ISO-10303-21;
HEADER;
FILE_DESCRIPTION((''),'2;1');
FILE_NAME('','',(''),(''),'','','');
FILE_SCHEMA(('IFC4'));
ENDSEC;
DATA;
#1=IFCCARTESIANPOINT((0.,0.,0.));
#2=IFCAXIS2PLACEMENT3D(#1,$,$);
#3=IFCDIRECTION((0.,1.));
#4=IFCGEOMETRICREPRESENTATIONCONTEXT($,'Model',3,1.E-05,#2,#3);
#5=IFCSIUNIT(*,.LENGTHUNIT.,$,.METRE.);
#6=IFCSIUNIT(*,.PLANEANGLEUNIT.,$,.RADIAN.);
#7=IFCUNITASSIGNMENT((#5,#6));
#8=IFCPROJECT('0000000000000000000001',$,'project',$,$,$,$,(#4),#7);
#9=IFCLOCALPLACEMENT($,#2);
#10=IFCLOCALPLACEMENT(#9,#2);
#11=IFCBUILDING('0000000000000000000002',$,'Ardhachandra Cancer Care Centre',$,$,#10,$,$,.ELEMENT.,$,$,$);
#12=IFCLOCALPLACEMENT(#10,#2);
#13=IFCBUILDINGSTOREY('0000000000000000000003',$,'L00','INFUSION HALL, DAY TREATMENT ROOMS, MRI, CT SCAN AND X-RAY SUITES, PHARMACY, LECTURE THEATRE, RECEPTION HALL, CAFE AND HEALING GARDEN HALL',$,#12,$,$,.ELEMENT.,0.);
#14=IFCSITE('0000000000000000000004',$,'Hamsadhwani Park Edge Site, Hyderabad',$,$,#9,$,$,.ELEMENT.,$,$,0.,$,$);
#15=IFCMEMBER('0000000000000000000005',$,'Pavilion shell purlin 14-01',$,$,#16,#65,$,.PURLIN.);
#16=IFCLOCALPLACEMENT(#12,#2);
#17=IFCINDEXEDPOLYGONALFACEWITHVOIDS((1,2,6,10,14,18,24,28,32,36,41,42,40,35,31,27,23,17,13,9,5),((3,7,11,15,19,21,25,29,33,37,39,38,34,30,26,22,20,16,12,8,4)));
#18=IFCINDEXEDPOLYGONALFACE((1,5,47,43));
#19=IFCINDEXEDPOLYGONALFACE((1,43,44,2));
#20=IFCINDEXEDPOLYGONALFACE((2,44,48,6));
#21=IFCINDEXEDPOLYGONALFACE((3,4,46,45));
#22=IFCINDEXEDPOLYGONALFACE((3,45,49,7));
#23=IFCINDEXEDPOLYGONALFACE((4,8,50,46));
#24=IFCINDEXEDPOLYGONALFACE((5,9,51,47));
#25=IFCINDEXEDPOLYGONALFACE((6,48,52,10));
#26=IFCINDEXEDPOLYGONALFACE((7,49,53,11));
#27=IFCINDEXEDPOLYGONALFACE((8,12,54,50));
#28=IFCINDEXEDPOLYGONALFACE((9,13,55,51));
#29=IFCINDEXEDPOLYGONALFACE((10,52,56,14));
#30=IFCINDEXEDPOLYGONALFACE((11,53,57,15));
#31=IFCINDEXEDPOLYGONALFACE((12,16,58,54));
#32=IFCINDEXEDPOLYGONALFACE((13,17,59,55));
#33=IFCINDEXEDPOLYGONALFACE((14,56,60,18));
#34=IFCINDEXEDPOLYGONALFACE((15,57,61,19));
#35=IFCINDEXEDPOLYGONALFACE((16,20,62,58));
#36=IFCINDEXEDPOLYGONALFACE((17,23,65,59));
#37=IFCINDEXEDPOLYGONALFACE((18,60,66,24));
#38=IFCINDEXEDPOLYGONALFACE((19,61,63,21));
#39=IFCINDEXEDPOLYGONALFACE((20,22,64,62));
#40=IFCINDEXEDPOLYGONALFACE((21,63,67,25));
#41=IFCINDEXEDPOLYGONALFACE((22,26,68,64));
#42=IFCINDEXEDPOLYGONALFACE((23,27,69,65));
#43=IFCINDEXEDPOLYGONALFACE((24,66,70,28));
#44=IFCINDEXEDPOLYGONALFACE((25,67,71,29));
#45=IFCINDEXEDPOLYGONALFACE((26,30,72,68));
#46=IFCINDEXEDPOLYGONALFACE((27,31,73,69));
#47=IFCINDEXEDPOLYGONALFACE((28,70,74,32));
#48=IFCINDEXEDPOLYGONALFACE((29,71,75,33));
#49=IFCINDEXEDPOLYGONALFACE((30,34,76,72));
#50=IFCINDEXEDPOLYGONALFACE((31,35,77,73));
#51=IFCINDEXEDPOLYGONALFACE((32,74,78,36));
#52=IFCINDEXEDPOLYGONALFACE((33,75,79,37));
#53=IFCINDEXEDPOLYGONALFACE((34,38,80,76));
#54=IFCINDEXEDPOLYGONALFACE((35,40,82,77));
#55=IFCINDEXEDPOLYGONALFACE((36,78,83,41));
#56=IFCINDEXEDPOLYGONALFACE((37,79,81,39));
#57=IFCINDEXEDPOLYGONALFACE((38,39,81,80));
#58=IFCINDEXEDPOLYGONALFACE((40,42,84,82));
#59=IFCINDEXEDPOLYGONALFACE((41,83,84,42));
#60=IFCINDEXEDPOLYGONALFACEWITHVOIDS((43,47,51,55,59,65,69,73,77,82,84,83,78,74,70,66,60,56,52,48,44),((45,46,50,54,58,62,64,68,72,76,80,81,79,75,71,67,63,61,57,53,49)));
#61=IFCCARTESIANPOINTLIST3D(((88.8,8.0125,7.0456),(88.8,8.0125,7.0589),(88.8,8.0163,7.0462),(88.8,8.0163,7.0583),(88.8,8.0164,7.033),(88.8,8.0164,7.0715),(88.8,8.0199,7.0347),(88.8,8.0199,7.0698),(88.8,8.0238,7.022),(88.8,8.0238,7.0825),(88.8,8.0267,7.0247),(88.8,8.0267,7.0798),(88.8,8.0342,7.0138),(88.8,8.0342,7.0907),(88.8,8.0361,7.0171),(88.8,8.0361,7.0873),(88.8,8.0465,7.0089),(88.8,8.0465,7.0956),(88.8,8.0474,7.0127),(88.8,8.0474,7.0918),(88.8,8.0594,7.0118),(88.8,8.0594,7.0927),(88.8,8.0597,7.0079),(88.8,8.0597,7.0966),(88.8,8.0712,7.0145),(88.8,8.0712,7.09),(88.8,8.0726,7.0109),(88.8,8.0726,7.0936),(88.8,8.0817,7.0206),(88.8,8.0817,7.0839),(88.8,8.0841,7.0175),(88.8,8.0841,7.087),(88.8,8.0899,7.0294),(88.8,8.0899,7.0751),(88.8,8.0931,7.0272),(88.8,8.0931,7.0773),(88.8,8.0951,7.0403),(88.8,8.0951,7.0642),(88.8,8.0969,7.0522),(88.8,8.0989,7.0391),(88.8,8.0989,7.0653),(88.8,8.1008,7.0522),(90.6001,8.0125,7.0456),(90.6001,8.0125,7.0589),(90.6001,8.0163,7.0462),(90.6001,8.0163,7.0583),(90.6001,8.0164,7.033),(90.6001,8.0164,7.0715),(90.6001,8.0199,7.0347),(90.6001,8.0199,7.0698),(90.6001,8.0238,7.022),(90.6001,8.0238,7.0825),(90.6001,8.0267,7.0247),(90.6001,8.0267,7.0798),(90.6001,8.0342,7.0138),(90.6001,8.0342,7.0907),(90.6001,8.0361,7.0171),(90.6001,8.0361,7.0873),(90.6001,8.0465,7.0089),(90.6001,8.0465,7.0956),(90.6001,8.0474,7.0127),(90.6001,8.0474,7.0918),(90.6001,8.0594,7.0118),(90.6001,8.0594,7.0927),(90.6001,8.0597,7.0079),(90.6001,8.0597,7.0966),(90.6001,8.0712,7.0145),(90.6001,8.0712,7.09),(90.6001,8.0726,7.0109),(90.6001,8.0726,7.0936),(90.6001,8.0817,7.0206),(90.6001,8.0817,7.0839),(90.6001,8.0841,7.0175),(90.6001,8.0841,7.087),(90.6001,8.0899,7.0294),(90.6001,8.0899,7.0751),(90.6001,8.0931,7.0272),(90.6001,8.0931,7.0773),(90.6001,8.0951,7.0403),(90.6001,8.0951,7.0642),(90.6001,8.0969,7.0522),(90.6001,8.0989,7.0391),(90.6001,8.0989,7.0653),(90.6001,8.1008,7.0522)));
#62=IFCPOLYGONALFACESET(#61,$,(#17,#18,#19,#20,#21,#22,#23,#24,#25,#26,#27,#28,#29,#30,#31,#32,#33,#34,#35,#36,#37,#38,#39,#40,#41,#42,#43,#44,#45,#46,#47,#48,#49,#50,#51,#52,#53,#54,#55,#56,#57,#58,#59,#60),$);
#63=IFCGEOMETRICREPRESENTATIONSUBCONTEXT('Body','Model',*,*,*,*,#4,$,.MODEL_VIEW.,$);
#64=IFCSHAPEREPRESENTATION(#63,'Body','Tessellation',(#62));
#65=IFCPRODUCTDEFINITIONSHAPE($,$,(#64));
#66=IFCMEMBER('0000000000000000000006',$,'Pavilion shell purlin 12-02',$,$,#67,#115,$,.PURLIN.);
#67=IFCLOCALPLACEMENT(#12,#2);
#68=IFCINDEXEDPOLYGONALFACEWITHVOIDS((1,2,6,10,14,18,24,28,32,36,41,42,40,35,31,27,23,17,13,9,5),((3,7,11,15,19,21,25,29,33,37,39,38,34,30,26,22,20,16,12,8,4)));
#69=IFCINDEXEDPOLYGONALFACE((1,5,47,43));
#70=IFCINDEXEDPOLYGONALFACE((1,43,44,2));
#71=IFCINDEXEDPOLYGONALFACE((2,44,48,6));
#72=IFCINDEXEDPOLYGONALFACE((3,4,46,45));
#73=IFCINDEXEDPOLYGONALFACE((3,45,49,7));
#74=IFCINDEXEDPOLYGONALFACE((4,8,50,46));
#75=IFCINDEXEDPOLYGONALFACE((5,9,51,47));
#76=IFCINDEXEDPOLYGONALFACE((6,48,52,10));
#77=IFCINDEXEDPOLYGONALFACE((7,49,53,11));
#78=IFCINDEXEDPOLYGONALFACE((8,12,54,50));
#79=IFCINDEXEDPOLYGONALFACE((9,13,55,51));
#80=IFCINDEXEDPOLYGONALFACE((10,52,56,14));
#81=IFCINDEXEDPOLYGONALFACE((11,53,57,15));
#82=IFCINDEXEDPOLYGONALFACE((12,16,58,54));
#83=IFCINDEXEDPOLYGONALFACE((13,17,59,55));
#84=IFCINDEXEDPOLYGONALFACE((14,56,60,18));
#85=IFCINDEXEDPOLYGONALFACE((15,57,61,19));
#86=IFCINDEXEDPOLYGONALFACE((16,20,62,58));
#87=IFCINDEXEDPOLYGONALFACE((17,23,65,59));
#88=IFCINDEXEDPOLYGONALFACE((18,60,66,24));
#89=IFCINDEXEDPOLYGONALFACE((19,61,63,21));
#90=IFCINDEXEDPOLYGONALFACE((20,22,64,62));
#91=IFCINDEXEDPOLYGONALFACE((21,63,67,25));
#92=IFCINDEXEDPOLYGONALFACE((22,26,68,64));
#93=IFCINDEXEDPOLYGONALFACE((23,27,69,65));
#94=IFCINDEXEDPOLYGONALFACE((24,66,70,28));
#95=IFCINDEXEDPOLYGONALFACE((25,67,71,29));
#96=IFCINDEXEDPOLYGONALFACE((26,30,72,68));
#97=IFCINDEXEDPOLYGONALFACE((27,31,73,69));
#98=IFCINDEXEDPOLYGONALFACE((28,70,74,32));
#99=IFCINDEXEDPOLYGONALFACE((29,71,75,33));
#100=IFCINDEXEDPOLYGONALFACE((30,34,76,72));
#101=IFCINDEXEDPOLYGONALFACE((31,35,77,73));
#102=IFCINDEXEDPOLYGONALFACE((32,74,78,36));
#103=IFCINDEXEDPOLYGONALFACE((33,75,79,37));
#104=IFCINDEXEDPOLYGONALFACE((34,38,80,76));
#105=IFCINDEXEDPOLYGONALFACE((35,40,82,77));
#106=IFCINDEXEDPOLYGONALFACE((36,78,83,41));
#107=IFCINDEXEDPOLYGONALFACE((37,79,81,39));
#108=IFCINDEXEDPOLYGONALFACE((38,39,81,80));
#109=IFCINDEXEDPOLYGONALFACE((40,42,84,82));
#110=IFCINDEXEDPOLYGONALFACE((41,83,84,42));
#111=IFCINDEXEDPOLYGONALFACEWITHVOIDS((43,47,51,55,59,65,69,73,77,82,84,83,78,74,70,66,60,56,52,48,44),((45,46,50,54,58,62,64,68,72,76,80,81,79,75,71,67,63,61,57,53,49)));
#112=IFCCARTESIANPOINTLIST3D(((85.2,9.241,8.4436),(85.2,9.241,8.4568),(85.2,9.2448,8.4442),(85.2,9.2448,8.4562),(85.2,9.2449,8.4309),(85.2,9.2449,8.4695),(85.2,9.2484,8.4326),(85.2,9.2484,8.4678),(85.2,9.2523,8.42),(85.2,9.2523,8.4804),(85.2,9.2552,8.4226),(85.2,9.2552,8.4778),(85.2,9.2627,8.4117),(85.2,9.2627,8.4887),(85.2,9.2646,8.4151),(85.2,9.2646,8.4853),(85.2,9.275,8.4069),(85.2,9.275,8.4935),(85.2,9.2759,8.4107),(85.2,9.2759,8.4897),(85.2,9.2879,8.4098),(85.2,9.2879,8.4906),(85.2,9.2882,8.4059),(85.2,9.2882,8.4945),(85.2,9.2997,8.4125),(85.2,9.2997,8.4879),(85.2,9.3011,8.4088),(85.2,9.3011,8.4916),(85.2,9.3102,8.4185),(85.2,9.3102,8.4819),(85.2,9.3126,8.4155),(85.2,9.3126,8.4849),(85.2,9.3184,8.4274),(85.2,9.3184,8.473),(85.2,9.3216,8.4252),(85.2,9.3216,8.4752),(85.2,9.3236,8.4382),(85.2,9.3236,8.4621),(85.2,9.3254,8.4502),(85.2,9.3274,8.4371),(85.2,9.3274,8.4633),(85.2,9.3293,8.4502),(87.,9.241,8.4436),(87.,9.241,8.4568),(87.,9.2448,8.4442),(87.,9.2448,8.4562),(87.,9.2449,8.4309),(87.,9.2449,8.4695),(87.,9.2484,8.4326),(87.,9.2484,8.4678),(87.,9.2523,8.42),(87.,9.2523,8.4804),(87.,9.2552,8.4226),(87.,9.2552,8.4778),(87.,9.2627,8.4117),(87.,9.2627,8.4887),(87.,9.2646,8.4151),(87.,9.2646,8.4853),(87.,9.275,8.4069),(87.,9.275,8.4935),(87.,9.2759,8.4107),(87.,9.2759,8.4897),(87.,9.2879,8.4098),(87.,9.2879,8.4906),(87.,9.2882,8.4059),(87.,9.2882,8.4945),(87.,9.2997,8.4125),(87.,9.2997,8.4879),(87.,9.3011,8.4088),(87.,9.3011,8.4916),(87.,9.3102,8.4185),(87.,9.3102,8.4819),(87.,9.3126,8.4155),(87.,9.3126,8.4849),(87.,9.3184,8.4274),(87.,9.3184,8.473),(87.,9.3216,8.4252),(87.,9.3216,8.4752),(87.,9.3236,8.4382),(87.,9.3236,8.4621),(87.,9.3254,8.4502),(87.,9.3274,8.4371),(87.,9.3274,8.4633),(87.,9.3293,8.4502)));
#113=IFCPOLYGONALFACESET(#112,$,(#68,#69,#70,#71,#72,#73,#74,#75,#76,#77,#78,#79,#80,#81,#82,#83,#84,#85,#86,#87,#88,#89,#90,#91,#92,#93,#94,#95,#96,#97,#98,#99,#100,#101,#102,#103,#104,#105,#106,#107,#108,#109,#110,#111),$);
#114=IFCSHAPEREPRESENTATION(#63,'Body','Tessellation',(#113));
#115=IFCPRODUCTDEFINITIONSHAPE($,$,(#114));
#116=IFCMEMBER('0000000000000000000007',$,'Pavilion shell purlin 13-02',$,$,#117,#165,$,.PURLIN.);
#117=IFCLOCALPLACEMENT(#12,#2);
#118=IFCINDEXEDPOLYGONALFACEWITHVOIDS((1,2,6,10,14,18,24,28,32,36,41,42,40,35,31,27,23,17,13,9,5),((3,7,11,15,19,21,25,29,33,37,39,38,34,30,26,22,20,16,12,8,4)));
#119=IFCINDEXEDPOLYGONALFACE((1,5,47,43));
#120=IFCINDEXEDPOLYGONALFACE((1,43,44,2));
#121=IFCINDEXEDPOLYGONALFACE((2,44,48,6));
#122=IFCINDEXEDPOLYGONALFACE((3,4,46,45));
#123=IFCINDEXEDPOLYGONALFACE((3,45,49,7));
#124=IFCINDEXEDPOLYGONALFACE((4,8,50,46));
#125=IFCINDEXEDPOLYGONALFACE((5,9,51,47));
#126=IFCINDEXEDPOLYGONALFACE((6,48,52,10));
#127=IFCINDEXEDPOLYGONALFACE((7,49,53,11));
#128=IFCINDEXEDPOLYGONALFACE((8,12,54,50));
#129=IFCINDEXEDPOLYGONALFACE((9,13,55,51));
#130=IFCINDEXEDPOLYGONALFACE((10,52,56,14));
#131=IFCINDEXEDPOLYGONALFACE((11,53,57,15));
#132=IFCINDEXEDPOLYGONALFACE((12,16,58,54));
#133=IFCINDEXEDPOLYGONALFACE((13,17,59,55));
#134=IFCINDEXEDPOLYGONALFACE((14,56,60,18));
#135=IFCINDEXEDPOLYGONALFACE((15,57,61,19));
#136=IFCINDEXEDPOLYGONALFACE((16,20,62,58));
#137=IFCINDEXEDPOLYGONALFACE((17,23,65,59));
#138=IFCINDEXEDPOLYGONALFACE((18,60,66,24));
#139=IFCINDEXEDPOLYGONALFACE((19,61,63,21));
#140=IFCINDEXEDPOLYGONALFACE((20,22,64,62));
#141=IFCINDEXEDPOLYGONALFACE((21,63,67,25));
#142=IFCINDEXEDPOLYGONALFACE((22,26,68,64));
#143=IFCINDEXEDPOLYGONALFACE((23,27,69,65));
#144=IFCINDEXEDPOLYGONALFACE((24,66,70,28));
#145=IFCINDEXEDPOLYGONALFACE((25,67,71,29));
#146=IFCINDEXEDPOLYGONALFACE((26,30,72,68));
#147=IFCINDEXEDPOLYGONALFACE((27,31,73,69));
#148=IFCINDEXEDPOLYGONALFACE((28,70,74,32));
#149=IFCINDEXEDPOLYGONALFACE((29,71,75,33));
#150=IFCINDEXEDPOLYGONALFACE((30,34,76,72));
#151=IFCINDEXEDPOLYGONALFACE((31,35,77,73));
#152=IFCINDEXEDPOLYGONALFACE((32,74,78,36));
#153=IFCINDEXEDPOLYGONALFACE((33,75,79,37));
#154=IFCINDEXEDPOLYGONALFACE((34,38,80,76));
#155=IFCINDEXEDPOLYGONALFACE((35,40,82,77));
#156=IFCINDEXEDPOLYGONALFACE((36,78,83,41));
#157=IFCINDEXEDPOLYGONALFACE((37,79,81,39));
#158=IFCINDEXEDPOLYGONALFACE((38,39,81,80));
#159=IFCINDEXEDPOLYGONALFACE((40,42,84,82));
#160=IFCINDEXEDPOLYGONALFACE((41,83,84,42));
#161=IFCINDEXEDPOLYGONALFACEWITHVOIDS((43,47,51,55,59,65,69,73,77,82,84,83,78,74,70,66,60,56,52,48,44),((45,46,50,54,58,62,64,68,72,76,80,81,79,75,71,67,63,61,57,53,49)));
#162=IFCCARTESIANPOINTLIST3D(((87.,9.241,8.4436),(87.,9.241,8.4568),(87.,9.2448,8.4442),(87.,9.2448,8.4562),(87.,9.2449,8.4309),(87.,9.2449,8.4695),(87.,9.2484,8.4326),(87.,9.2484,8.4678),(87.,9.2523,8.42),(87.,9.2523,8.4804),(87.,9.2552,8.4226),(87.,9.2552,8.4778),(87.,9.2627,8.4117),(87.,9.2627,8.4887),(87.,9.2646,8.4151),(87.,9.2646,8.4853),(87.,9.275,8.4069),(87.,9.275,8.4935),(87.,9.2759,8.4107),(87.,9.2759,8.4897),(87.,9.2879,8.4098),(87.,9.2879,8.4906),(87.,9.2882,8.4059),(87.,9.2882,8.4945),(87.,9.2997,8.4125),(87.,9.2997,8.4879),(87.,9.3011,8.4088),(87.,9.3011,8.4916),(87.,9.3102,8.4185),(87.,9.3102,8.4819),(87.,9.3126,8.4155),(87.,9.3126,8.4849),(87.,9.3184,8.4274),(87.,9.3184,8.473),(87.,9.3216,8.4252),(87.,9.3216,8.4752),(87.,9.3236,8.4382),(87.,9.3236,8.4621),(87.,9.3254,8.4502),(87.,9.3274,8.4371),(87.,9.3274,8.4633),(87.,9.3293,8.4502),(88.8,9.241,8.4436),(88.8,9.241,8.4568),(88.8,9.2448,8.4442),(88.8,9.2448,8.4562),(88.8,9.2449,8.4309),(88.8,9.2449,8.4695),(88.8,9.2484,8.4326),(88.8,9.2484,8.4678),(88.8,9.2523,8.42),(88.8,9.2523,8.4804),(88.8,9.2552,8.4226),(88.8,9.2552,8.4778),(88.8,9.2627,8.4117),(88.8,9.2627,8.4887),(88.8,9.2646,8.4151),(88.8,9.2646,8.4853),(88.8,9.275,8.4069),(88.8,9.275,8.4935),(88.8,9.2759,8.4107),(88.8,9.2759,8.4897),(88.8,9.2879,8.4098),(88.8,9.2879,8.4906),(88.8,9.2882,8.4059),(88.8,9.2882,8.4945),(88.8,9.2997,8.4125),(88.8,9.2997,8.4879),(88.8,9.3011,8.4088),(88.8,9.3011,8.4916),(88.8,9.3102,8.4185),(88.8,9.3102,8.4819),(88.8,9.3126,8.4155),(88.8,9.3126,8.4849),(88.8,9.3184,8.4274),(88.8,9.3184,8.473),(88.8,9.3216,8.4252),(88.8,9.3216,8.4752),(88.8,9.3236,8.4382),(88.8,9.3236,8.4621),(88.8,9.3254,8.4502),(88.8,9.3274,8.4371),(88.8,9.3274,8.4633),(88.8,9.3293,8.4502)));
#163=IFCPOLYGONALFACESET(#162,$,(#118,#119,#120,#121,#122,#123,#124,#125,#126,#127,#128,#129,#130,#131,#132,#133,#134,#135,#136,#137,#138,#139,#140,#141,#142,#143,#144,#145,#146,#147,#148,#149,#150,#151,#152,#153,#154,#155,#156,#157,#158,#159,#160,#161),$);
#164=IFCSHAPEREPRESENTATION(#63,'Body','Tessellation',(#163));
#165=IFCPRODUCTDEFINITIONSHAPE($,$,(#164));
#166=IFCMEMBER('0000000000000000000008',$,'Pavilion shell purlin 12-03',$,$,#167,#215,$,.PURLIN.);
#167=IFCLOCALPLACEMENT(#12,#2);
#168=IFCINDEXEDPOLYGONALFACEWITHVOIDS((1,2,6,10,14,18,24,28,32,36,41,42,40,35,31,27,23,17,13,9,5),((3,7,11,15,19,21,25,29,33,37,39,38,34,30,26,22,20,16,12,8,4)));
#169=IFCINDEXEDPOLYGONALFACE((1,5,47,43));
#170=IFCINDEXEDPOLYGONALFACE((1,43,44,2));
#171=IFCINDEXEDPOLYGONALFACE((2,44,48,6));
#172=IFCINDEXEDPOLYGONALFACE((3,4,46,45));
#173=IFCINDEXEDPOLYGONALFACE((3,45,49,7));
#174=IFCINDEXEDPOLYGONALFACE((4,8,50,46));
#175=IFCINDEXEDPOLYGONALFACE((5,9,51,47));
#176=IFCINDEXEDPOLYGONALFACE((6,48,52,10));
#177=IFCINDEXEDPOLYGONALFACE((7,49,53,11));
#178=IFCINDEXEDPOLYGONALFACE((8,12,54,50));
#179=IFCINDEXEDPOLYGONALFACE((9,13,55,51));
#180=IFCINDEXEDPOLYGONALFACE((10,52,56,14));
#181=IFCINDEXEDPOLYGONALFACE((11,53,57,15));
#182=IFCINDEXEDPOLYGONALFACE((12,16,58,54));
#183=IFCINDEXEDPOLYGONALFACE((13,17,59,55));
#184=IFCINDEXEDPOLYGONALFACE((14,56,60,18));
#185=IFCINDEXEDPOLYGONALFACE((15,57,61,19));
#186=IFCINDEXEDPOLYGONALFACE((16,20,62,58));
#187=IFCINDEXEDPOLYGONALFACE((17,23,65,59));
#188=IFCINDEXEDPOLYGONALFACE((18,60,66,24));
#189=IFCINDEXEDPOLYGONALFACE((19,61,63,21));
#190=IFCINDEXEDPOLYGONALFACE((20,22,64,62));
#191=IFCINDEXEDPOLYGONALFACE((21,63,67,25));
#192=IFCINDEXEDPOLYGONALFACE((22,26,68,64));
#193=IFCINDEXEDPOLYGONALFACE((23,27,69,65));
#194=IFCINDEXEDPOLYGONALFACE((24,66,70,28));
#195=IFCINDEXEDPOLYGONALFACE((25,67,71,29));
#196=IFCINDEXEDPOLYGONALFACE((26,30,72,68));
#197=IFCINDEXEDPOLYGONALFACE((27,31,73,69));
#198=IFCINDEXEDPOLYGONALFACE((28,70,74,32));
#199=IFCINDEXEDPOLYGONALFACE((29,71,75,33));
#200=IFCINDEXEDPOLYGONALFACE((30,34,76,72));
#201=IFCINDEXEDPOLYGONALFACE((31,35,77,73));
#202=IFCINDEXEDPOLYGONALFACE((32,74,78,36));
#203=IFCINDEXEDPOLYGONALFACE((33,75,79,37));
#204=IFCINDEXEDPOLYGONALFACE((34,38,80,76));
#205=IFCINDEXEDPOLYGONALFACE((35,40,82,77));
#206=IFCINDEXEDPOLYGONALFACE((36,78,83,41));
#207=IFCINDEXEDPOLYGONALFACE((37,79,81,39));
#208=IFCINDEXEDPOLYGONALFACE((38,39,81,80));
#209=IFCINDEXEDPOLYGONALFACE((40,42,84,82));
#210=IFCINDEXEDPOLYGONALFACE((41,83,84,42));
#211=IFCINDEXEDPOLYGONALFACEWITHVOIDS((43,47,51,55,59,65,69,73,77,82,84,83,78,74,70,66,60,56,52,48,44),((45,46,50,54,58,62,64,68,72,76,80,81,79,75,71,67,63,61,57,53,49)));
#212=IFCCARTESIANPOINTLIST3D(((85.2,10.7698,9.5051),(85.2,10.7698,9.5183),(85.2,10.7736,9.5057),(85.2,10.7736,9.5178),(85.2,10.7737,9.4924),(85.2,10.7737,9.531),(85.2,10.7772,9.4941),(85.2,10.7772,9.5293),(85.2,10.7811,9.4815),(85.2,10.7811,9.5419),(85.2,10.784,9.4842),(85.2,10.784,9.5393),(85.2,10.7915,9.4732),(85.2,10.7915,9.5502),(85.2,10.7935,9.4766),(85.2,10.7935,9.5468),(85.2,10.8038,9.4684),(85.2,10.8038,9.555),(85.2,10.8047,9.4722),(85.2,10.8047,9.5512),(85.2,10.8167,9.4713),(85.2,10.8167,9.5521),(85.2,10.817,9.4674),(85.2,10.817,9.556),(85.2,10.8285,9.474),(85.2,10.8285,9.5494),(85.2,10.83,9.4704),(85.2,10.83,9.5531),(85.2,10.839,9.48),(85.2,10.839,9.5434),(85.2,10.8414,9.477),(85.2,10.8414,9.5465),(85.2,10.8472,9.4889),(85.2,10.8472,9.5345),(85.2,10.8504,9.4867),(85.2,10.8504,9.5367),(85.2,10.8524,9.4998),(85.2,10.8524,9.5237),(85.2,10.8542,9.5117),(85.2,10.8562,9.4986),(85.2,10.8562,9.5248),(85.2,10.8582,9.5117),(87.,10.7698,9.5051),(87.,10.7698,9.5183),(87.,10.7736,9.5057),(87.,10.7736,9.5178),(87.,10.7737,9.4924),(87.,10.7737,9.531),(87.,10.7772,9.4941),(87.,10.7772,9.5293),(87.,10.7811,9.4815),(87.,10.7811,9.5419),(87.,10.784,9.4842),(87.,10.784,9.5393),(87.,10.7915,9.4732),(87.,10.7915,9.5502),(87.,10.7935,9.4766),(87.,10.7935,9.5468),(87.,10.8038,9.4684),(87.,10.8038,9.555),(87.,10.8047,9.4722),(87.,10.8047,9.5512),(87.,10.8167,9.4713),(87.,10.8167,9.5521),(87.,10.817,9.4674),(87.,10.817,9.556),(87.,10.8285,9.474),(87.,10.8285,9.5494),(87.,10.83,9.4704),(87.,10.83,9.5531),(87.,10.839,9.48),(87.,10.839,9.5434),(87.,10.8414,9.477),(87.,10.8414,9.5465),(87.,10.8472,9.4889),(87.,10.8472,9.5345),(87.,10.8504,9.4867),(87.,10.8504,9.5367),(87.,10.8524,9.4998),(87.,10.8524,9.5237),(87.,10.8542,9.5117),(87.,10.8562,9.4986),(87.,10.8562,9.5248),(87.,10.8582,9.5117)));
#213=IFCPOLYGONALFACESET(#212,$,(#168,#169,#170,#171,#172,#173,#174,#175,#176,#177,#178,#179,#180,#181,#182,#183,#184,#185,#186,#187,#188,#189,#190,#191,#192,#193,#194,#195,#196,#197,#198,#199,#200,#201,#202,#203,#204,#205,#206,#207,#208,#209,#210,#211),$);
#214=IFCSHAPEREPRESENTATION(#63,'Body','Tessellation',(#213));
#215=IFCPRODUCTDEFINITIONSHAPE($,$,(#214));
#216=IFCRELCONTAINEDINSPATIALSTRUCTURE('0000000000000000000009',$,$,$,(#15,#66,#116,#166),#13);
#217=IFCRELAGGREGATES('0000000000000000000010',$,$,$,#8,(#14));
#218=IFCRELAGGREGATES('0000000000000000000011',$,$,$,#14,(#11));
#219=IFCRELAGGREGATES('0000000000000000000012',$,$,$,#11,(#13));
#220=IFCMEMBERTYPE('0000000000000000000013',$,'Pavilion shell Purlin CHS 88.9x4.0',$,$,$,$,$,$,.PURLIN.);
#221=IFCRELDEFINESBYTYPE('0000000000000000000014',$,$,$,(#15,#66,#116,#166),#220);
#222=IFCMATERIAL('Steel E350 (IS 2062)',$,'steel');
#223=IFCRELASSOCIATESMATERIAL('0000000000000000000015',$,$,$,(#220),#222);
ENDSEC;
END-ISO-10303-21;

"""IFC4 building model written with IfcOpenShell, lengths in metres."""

from ifc_helpers import new_model, si_unit, direction, frame, origin, origin_2d, place, context, subcontext, project, spatial, hollow_circle, extrude, material, material_profile, profile_set, type_object, element, save


model = new_model("IFC4")

# Units and contexts
model_context = context("Model", 3, precision=1e-05, world=origin(), true_north=direction((0.0, 1.0)))
body_context = subcontext(model_context, "Body", "Model", "MODEL_VIEW")
ifc_project = project(units=[si_unit("LENGTHUNIT", "METRE"), si_unit("PLANEANGLEUNIT", "RADIAN")], contexts=[model_context])

# Site, building, storey
site_placement = place(None, origin())
site = spatial("IfcSite", under=ifc_project, at=site_placement, Name="Hamsadhwani Park Edge Site, Hyderabad", CompositionType="ELEMENT", RefElevation=0.0)
building_placement = place(site_placement, origin())
building = spatial("IfcBuilding", under=site, at=building_placement, Name="Ardhachandra Cancer Care Centre", CompositionType="ELEMENT")
storey_placement = place(building_placement, origin())
storey = spatial("IfcBuildingStorey", under=building, at=storey_placement, Name="L00", Description="INFUSION HALL, DAY TREATMENT ROOMS, MRI, CT SCAN AND X-RAY SUITES, PHARMACY, LECTURE THEATRE, RECEPTION HALL, CAFE AND HEALING GARDEN HALL", CompositionType="ELEMENT", Elevation=0.0)

# Members
ifc_material_1 = material(Name="Steel E350 (IS 2062)", Category="steel")
ifc_material_profile_1 = material_profile(ifc_material_1, hollow_circle(Radius=0.0444, WallThickness=0.0039, at=origin_2d()), Name="CHS 88.9x4.0")
ifc_profile_set_1 = profile_set([ifc_material_profile_1], Name="Steel E350 (IS 2062)")
member_type_1 = type_object("IfcMemberType", Name="Pavilion shell Purlin CHS 88.9x4.0", PredefinedType="PURLIN", material=ifc_profile_set_1)
for number, where, z_axis, x_axis, name in (
    (1, (88.8, 8.0564, 7.0522), (1.0, 0.0, 0.0), (0.0, 1.0, 0.0), "Pavilion shell purlin 14-01"),
    (2, (85.2, 9.2849, 8.4502), (1.0, 0.0, 0.0), (0.0, 1.0, 0.0), "Pavilion shell purlin 12-02"),
    (3, (87.0, 9.2849, 8.4502), (1.0, 0.0, 0.0), (0.0, 1.0, 0.0), "Pavilion shell purlin 13-02"),
    (4, (85.2, 10.8137, 9.5117), (1.0, 0.0, 0.0), (0.0, 1.0, 0.0), "Pavilion shell purlin 12-03"),
):
    element("IfcMember", number, at=place(storey_placement, frame(where, z_axis=z_axis, x_axis=x_axis)), inside=storey, type_object=member_type_1, Name=name, PredefinedType="PURLIN", context=body_context, shape_type="SweptSolid", body=[
        extrude(hollow_circle(Radius=0.0444, WallThickness=0.0039, at=origin_2d()), origin(), (0.0, 0.0, 1.0), 1.8),
    ])

save(model, "model.ifc")
